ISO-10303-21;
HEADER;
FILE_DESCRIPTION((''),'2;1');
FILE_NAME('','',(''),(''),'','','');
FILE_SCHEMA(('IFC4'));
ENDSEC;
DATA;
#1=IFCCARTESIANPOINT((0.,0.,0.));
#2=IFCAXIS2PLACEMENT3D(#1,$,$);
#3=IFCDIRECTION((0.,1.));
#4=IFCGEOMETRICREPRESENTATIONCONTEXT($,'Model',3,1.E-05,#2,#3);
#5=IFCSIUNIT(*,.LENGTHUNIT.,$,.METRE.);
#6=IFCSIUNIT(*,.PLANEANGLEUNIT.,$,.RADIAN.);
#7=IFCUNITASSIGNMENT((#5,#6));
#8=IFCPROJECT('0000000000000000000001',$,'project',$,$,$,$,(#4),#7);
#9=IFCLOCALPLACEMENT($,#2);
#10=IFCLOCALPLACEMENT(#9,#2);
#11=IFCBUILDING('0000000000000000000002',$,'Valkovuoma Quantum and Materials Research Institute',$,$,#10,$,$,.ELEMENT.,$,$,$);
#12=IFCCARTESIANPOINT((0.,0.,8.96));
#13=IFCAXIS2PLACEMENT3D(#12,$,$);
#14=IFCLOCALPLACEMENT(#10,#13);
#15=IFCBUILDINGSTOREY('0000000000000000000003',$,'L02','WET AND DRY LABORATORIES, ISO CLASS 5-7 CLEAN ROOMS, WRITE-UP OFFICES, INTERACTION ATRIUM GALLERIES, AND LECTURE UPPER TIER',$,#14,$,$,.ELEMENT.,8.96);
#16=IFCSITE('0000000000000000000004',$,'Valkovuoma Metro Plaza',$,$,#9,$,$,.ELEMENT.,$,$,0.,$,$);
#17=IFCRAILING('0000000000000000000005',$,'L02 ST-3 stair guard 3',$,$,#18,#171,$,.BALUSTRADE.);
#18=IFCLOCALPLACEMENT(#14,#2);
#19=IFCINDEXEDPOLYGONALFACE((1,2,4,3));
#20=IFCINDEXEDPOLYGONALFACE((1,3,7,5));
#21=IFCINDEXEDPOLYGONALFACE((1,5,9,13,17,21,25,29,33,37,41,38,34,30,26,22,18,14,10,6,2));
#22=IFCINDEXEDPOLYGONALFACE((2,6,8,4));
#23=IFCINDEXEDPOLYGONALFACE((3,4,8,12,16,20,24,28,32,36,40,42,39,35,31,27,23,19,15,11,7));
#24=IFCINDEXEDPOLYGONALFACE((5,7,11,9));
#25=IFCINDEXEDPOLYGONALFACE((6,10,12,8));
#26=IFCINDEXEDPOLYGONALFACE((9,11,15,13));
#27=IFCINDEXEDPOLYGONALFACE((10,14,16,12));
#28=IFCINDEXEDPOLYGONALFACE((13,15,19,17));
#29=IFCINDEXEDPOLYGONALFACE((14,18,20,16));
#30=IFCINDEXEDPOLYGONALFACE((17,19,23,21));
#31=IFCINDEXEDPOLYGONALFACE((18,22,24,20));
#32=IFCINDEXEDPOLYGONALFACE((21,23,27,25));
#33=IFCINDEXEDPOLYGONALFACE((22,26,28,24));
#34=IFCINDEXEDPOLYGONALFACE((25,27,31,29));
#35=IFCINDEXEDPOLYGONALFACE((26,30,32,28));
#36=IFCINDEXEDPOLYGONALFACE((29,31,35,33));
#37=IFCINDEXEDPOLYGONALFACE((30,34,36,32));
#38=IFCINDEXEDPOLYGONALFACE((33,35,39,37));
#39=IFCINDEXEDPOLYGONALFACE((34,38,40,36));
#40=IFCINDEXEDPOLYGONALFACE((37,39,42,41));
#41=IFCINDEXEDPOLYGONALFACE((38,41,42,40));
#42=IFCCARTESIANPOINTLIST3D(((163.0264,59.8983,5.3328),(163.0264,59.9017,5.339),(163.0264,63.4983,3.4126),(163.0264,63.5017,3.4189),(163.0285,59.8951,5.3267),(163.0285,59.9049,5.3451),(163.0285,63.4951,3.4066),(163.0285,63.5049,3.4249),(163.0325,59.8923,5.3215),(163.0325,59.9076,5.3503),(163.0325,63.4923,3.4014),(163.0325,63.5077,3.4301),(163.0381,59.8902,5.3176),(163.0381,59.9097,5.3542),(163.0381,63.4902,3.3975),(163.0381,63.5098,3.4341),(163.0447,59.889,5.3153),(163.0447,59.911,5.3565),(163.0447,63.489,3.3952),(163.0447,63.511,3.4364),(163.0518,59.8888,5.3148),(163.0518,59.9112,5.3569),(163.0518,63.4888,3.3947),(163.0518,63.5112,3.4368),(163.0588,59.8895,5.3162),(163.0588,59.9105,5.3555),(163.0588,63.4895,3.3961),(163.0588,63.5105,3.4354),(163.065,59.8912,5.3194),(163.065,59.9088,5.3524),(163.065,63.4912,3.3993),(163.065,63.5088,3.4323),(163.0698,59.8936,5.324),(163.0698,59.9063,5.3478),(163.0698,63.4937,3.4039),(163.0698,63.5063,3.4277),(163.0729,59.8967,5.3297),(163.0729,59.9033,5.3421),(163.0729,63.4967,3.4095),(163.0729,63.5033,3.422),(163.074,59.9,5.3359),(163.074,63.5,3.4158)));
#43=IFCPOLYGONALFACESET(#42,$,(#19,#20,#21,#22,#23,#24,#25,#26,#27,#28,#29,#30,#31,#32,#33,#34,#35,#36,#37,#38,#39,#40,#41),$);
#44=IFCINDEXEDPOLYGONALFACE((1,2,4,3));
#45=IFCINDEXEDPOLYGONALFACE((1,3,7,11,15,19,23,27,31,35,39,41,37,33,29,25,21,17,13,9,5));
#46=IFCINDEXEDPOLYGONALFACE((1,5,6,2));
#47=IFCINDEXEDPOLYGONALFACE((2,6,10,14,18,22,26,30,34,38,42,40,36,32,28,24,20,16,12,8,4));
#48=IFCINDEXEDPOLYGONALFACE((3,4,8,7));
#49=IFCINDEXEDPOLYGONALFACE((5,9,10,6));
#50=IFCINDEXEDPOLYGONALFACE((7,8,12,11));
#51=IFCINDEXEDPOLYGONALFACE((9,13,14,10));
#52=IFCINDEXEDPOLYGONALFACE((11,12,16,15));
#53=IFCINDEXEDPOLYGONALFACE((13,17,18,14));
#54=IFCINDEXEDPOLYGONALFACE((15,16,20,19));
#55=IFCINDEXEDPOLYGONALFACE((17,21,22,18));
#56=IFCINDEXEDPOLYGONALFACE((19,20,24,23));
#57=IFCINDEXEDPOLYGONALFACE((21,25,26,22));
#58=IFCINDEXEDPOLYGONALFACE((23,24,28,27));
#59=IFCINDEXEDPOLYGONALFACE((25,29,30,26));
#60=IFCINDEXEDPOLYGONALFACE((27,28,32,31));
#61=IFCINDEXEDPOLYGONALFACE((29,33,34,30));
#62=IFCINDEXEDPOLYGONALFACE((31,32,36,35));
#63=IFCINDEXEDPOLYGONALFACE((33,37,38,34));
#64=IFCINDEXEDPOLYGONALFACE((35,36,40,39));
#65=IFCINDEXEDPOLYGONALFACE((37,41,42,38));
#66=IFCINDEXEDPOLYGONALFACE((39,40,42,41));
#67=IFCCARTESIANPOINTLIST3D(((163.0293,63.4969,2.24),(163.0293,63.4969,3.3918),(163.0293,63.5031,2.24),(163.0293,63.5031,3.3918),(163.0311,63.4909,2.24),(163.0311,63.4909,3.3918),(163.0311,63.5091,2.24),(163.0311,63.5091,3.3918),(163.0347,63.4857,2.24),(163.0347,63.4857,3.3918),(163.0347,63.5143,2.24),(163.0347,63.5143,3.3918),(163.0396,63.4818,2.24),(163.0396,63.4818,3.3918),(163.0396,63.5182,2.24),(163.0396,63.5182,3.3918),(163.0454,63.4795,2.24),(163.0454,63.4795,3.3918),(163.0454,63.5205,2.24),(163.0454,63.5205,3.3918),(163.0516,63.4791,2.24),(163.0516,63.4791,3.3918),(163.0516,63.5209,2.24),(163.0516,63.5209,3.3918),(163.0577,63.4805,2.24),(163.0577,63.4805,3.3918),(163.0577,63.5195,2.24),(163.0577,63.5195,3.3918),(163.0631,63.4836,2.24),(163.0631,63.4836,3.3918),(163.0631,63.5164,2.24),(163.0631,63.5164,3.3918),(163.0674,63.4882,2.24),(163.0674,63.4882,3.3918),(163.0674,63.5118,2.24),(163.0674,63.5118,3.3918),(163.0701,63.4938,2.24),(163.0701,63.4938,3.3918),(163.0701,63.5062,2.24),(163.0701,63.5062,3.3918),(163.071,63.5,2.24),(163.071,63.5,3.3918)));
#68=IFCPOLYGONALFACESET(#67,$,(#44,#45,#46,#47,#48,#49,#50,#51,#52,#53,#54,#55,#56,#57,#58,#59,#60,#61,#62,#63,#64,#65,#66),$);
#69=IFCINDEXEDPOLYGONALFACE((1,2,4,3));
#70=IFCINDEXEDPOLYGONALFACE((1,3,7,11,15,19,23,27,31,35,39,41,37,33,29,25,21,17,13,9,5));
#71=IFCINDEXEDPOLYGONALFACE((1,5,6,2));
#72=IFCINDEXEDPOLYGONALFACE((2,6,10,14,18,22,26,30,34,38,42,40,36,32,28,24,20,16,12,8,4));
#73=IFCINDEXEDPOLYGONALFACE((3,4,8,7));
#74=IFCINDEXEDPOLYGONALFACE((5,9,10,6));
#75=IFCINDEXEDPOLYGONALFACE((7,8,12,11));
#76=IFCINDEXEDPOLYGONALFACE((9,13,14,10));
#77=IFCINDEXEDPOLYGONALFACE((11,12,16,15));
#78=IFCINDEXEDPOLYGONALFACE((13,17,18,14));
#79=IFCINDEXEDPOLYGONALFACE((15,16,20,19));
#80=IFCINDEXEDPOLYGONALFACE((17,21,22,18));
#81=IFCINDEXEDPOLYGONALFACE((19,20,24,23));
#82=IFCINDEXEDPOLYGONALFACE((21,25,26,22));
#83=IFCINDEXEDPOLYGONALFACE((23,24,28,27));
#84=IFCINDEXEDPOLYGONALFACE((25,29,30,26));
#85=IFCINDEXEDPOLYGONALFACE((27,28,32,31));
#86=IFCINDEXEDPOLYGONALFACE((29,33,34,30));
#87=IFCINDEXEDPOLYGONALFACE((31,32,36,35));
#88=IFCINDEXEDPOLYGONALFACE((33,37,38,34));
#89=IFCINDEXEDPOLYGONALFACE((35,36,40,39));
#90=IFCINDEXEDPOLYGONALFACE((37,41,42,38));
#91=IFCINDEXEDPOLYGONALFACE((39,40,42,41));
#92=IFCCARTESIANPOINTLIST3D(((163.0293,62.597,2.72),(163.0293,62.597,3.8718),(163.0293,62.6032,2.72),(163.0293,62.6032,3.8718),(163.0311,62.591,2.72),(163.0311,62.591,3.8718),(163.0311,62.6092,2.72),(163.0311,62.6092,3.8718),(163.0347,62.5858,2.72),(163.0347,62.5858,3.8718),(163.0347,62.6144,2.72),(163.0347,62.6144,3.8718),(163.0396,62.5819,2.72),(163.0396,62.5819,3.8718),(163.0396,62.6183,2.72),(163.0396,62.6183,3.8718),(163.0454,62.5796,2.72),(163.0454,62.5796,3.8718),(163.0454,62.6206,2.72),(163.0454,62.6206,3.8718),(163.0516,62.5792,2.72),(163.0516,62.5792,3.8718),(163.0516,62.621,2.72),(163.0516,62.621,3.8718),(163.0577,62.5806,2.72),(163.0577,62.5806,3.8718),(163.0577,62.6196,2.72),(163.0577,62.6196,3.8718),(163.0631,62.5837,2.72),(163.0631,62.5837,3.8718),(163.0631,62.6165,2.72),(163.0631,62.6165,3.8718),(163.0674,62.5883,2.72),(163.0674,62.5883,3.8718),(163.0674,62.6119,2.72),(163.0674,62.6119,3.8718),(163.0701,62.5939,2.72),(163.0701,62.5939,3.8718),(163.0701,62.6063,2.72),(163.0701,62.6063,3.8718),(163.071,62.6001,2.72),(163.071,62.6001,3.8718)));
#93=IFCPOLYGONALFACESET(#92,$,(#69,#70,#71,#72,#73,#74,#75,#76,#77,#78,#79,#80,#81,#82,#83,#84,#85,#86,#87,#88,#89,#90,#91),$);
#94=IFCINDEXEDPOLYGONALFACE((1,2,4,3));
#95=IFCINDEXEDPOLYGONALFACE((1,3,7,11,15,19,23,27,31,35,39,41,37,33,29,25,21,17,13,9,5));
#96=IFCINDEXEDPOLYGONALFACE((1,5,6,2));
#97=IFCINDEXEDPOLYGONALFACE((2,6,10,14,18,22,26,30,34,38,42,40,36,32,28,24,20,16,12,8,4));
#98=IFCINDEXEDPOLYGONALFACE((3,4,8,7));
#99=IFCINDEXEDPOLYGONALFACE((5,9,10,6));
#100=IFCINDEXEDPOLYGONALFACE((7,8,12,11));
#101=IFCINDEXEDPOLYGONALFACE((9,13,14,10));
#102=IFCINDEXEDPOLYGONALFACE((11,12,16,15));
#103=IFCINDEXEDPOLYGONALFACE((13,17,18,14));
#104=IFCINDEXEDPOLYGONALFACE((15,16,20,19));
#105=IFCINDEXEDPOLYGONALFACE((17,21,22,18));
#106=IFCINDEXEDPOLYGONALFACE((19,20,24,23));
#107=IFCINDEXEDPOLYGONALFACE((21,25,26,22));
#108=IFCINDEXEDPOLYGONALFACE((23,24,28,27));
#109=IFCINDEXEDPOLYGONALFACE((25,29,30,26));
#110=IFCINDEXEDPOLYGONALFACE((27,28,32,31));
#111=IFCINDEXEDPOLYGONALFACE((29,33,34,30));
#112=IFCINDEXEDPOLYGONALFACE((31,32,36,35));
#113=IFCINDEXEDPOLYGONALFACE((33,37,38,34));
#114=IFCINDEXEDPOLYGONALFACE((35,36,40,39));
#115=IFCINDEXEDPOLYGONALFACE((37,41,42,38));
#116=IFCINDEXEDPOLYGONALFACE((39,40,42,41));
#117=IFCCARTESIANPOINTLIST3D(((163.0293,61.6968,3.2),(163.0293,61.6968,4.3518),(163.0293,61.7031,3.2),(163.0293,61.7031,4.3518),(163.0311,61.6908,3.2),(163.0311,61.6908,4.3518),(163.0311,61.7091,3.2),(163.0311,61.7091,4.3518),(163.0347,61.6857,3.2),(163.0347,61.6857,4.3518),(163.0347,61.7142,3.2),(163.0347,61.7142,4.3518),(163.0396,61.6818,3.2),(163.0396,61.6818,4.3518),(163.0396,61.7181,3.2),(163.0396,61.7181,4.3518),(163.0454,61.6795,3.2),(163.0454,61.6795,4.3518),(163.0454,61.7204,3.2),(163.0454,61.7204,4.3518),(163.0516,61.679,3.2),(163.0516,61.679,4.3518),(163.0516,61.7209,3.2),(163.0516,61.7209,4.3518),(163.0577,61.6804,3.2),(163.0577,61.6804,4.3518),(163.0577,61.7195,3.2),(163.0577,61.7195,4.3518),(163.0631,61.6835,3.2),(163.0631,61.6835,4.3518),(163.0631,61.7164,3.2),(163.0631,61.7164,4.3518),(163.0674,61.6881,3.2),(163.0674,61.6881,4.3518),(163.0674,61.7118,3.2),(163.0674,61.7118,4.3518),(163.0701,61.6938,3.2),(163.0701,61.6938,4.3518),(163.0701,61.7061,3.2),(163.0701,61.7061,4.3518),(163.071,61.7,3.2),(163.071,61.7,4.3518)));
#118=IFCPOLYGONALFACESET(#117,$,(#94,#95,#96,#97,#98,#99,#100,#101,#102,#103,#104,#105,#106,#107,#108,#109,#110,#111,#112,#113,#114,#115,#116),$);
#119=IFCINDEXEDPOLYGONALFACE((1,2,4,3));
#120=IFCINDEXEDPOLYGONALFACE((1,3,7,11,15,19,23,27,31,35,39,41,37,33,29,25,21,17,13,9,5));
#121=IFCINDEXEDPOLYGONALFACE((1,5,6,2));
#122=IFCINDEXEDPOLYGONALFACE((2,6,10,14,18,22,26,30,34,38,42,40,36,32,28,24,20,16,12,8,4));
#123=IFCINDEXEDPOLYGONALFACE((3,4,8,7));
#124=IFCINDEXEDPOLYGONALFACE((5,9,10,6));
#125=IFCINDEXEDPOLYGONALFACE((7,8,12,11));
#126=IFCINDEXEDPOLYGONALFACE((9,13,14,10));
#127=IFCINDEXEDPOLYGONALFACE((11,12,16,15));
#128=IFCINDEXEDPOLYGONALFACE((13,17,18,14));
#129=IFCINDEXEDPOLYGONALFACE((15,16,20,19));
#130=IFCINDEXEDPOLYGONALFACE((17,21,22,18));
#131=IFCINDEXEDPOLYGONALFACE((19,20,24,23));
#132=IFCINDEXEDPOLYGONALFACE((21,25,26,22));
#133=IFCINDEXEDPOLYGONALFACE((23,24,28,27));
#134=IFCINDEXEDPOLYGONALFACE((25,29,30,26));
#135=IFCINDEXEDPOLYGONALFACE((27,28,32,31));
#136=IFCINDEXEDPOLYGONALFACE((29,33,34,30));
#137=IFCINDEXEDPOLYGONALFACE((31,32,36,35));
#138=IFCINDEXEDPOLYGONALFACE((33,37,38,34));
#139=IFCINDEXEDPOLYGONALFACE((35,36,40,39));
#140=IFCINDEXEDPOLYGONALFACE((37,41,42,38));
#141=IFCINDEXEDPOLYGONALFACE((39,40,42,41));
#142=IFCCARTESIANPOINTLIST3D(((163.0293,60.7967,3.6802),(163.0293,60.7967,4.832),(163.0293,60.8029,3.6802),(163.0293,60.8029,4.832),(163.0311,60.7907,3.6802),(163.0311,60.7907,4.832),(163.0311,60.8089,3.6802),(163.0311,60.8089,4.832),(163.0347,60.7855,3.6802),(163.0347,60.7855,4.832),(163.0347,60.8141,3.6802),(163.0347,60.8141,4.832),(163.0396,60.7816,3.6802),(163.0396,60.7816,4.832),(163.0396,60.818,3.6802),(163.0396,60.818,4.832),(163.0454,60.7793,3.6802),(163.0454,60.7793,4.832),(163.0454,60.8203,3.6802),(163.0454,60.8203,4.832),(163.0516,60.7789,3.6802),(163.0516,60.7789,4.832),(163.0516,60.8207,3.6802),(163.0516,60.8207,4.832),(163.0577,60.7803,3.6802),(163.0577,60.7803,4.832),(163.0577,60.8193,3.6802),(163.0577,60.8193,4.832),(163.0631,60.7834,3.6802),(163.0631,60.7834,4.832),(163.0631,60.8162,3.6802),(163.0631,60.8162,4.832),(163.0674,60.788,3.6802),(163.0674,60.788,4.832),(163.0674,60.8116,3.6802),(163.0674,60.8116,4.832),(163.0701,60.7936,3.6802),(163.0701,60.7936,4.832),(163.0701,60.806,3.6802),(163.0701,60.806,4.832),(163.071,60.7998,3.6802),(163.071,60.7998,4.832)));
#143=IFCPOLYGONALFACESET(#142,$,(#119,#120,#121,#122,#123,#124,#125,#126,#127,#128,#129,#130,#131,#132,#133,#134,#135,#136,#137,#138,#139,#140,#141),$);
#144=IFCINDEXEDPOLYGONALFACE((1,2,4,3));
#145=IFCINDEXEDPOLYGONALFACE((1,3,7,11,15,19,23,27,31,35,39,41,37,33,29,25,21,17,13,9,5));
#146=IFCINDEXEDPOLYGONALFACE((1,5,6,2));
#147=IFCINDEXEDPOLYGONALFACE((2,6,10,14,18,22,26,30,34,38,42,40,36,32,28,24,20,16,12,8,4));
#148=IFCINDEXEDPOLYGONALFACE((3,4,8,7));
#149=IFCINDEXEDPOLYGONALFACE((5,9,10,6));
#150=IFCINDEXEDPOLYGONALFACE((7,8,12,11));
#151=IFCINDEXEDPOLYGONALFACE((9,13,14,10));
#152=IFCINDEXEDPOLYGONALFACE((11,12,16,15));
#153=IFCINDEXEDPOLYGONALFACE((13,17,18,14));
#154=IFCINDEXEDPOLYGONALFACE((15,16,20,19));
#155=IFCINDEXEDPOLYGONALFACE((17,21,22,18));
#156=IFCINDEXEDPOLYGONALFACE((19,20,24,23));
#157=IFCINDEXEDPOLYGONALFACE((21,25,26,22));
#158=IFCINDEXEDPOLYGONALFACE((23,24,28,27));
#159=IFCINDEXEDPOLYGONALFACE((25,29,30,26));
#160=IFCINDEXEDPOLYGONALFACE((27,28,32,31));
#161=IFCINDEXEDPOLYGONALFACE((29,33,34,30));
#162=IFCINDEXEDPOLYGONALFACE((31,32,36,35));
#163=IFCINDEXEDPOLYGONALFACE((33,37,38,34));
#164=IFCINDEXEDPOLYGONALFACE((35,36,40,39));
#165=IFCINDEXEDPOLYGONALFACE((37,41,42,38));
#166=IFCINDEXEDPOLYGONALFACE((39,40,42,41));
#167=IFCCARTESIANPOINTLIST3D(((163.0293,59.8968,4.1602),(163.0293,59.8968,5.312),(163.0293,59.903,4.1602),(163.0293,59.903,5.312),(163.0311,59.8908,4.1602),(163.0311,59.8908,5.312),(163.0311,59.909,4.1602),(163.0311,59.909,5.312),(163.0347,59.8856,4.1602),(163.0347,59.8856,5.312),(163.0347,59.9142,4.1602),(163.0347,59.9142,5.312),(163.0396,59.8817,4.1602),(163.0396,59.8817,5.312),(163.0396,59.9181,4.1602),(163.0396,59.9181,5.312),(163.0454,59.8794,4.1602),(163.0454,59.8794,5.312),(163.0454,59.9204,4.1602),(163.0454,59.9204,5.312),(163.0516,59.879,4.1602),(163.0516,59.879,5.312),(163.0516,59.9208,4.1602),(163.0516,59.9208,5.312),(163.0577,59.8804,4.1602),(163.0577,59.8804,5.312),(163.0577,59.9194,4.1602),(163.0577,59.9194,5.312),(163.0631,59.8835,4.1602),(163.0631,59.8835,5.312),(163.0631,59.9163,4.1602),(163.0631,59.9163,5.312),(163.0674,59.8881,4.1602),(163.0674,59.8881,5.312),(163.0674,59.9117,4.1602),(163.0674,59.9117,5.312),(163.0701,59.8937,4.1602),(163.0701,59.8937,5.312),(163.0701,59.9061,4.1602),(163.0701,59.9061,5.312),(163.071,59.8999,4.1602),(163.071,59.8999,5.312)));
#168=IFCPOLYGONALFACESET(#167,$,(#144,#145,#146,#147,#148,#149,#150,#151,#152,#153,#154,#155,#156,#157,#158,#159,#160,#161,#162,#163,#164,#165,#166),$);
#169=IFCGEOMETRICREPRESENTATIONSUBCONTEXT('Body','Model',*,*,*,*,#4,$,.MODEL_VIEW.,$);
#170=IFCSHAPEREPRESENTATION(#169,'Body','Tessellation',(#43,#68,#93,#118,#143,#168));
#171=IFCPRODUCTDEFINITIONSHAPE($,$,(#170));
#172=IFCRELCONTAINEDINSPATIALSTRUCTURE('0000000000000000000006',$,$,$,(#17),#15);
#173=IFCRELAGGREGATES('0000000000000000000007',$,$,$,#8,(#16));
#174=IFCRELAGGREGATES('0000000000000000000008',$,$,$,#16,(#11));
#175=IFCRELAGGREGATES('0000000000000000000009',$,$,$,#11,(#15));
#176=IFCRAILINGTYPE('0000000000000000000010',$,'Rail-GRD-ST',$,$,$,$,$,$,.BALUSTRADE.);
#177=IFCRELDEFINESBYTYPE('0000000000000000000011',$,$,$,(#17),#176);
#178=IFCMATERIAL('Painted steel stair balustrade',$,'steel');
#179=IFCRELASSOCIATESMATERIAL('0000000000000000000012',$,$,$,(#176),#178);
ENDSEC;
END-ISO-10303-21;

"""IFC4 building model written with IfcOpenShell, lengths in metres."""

from ifc_helpers import new_model, si_unit, direction, frame, origin, origin_2d, place, context, subcontext, project, spatial, circle, extrude, material, type_object, element, save


model = new_model("IFC4")

# Units and contexts
model_context = context("Model", 3, precision=1e-05, world=origin(), true_north=direction((0.0, 1.0)))
body_context = subcontext(model_context, "Body", "Model", "MODEL_VIEW")
ifc_project = project(units=[si_unit("LENGTHUNIT", "METRE"), si_unit("PLANEANGLEUNIT", "RADIAN")], contexts=[model_context])

# Site, building, storey
site_placement = place(None, origin())
site = spatial("IfcSite", under=ifc_project, at=site_placement, Name="Valkovuoma Metro Plaza", CompositionType="ELEMENT", RefElevation=0.0)
building_placement = place(site_placement, origin())
building = spatial("IfcBuilding", under=site, at=building_placement, Name="Valkovuoma Quantum and Materials Research Institute", CompositionType="ELEMENT")
storey_placement = place(building_placement, frame((0.0, 0.0, 8.96)))
storey = spatial("IfcBuildingStorey", under=building, at=storey_placement, Name="L02", Description="WET AND DRY LABORATORIES, ISO CLASS 5-7 CLEAN ROOMS, WRITE-UP OFFICES, INTERACTION ATRIUM GALLERIES, AND LECTURE UPPER TIER", CompositionType="ELEMENT", Elevation=8.96)

# Railing
ifc_material_1 = material(Name="Painted steel stair balustrade", Category="steel")
railing_type_1 = type_object("IfcRailingType", Name="Rail-GRD-ST", PredefinedType="BALUSTRADE", material=ifc_material_1)
railing_1_placement = place(storey_placement, frame((163.05, 63.5, 2.24)))
element("IfcRailing", 1, at=railing_1_placement, inside=storey, type_object=railing_type_1, Name="L02 ST-3 stair guard 3", PredefinedType="BALUSTRADE", context=body_context, shape_type="SweptSolid", body=[
    extrude(circle(Radius=0.0239, at=origin_2d()), frame((0.0, 0.0, 1.1758), z_axis=(0.0, -0.882341, 0.47061), x_axis=(1.0, 0.0, 0.0)), (0.0, 0.0, 1.0), 4.0801),
    extrude(circle(Radius=0.021, at=origin_2d()), origin(), (0.0, 0.0, 1.0), 1.1519),
    extrude(circle(Radius=0.021, at=origin_2d()), frame((0.0, -0.8999, 0.48)), (0.0, 0.0, 1.0), 1.1519),
    extrude(circle(Radius=0.021, at=origin_2d()), frame((0.0, -1.8, 0.96)), (0.0, 0.0, 1.0), 1.1519),
    extrude(circle(Radius=0.021, at=origin_2d()), frame((0.0, -2.7002, 1.4402)), (0.0, 0.0, 1.0), 1.1519),
    extrude(circle(Radius=0.021, at=origin_2d()), frame((0.0, -3.6001, 1.9202)), (0.0, 0.0, 1.0), 1.1519),
])

save(model, "model.ifc")
